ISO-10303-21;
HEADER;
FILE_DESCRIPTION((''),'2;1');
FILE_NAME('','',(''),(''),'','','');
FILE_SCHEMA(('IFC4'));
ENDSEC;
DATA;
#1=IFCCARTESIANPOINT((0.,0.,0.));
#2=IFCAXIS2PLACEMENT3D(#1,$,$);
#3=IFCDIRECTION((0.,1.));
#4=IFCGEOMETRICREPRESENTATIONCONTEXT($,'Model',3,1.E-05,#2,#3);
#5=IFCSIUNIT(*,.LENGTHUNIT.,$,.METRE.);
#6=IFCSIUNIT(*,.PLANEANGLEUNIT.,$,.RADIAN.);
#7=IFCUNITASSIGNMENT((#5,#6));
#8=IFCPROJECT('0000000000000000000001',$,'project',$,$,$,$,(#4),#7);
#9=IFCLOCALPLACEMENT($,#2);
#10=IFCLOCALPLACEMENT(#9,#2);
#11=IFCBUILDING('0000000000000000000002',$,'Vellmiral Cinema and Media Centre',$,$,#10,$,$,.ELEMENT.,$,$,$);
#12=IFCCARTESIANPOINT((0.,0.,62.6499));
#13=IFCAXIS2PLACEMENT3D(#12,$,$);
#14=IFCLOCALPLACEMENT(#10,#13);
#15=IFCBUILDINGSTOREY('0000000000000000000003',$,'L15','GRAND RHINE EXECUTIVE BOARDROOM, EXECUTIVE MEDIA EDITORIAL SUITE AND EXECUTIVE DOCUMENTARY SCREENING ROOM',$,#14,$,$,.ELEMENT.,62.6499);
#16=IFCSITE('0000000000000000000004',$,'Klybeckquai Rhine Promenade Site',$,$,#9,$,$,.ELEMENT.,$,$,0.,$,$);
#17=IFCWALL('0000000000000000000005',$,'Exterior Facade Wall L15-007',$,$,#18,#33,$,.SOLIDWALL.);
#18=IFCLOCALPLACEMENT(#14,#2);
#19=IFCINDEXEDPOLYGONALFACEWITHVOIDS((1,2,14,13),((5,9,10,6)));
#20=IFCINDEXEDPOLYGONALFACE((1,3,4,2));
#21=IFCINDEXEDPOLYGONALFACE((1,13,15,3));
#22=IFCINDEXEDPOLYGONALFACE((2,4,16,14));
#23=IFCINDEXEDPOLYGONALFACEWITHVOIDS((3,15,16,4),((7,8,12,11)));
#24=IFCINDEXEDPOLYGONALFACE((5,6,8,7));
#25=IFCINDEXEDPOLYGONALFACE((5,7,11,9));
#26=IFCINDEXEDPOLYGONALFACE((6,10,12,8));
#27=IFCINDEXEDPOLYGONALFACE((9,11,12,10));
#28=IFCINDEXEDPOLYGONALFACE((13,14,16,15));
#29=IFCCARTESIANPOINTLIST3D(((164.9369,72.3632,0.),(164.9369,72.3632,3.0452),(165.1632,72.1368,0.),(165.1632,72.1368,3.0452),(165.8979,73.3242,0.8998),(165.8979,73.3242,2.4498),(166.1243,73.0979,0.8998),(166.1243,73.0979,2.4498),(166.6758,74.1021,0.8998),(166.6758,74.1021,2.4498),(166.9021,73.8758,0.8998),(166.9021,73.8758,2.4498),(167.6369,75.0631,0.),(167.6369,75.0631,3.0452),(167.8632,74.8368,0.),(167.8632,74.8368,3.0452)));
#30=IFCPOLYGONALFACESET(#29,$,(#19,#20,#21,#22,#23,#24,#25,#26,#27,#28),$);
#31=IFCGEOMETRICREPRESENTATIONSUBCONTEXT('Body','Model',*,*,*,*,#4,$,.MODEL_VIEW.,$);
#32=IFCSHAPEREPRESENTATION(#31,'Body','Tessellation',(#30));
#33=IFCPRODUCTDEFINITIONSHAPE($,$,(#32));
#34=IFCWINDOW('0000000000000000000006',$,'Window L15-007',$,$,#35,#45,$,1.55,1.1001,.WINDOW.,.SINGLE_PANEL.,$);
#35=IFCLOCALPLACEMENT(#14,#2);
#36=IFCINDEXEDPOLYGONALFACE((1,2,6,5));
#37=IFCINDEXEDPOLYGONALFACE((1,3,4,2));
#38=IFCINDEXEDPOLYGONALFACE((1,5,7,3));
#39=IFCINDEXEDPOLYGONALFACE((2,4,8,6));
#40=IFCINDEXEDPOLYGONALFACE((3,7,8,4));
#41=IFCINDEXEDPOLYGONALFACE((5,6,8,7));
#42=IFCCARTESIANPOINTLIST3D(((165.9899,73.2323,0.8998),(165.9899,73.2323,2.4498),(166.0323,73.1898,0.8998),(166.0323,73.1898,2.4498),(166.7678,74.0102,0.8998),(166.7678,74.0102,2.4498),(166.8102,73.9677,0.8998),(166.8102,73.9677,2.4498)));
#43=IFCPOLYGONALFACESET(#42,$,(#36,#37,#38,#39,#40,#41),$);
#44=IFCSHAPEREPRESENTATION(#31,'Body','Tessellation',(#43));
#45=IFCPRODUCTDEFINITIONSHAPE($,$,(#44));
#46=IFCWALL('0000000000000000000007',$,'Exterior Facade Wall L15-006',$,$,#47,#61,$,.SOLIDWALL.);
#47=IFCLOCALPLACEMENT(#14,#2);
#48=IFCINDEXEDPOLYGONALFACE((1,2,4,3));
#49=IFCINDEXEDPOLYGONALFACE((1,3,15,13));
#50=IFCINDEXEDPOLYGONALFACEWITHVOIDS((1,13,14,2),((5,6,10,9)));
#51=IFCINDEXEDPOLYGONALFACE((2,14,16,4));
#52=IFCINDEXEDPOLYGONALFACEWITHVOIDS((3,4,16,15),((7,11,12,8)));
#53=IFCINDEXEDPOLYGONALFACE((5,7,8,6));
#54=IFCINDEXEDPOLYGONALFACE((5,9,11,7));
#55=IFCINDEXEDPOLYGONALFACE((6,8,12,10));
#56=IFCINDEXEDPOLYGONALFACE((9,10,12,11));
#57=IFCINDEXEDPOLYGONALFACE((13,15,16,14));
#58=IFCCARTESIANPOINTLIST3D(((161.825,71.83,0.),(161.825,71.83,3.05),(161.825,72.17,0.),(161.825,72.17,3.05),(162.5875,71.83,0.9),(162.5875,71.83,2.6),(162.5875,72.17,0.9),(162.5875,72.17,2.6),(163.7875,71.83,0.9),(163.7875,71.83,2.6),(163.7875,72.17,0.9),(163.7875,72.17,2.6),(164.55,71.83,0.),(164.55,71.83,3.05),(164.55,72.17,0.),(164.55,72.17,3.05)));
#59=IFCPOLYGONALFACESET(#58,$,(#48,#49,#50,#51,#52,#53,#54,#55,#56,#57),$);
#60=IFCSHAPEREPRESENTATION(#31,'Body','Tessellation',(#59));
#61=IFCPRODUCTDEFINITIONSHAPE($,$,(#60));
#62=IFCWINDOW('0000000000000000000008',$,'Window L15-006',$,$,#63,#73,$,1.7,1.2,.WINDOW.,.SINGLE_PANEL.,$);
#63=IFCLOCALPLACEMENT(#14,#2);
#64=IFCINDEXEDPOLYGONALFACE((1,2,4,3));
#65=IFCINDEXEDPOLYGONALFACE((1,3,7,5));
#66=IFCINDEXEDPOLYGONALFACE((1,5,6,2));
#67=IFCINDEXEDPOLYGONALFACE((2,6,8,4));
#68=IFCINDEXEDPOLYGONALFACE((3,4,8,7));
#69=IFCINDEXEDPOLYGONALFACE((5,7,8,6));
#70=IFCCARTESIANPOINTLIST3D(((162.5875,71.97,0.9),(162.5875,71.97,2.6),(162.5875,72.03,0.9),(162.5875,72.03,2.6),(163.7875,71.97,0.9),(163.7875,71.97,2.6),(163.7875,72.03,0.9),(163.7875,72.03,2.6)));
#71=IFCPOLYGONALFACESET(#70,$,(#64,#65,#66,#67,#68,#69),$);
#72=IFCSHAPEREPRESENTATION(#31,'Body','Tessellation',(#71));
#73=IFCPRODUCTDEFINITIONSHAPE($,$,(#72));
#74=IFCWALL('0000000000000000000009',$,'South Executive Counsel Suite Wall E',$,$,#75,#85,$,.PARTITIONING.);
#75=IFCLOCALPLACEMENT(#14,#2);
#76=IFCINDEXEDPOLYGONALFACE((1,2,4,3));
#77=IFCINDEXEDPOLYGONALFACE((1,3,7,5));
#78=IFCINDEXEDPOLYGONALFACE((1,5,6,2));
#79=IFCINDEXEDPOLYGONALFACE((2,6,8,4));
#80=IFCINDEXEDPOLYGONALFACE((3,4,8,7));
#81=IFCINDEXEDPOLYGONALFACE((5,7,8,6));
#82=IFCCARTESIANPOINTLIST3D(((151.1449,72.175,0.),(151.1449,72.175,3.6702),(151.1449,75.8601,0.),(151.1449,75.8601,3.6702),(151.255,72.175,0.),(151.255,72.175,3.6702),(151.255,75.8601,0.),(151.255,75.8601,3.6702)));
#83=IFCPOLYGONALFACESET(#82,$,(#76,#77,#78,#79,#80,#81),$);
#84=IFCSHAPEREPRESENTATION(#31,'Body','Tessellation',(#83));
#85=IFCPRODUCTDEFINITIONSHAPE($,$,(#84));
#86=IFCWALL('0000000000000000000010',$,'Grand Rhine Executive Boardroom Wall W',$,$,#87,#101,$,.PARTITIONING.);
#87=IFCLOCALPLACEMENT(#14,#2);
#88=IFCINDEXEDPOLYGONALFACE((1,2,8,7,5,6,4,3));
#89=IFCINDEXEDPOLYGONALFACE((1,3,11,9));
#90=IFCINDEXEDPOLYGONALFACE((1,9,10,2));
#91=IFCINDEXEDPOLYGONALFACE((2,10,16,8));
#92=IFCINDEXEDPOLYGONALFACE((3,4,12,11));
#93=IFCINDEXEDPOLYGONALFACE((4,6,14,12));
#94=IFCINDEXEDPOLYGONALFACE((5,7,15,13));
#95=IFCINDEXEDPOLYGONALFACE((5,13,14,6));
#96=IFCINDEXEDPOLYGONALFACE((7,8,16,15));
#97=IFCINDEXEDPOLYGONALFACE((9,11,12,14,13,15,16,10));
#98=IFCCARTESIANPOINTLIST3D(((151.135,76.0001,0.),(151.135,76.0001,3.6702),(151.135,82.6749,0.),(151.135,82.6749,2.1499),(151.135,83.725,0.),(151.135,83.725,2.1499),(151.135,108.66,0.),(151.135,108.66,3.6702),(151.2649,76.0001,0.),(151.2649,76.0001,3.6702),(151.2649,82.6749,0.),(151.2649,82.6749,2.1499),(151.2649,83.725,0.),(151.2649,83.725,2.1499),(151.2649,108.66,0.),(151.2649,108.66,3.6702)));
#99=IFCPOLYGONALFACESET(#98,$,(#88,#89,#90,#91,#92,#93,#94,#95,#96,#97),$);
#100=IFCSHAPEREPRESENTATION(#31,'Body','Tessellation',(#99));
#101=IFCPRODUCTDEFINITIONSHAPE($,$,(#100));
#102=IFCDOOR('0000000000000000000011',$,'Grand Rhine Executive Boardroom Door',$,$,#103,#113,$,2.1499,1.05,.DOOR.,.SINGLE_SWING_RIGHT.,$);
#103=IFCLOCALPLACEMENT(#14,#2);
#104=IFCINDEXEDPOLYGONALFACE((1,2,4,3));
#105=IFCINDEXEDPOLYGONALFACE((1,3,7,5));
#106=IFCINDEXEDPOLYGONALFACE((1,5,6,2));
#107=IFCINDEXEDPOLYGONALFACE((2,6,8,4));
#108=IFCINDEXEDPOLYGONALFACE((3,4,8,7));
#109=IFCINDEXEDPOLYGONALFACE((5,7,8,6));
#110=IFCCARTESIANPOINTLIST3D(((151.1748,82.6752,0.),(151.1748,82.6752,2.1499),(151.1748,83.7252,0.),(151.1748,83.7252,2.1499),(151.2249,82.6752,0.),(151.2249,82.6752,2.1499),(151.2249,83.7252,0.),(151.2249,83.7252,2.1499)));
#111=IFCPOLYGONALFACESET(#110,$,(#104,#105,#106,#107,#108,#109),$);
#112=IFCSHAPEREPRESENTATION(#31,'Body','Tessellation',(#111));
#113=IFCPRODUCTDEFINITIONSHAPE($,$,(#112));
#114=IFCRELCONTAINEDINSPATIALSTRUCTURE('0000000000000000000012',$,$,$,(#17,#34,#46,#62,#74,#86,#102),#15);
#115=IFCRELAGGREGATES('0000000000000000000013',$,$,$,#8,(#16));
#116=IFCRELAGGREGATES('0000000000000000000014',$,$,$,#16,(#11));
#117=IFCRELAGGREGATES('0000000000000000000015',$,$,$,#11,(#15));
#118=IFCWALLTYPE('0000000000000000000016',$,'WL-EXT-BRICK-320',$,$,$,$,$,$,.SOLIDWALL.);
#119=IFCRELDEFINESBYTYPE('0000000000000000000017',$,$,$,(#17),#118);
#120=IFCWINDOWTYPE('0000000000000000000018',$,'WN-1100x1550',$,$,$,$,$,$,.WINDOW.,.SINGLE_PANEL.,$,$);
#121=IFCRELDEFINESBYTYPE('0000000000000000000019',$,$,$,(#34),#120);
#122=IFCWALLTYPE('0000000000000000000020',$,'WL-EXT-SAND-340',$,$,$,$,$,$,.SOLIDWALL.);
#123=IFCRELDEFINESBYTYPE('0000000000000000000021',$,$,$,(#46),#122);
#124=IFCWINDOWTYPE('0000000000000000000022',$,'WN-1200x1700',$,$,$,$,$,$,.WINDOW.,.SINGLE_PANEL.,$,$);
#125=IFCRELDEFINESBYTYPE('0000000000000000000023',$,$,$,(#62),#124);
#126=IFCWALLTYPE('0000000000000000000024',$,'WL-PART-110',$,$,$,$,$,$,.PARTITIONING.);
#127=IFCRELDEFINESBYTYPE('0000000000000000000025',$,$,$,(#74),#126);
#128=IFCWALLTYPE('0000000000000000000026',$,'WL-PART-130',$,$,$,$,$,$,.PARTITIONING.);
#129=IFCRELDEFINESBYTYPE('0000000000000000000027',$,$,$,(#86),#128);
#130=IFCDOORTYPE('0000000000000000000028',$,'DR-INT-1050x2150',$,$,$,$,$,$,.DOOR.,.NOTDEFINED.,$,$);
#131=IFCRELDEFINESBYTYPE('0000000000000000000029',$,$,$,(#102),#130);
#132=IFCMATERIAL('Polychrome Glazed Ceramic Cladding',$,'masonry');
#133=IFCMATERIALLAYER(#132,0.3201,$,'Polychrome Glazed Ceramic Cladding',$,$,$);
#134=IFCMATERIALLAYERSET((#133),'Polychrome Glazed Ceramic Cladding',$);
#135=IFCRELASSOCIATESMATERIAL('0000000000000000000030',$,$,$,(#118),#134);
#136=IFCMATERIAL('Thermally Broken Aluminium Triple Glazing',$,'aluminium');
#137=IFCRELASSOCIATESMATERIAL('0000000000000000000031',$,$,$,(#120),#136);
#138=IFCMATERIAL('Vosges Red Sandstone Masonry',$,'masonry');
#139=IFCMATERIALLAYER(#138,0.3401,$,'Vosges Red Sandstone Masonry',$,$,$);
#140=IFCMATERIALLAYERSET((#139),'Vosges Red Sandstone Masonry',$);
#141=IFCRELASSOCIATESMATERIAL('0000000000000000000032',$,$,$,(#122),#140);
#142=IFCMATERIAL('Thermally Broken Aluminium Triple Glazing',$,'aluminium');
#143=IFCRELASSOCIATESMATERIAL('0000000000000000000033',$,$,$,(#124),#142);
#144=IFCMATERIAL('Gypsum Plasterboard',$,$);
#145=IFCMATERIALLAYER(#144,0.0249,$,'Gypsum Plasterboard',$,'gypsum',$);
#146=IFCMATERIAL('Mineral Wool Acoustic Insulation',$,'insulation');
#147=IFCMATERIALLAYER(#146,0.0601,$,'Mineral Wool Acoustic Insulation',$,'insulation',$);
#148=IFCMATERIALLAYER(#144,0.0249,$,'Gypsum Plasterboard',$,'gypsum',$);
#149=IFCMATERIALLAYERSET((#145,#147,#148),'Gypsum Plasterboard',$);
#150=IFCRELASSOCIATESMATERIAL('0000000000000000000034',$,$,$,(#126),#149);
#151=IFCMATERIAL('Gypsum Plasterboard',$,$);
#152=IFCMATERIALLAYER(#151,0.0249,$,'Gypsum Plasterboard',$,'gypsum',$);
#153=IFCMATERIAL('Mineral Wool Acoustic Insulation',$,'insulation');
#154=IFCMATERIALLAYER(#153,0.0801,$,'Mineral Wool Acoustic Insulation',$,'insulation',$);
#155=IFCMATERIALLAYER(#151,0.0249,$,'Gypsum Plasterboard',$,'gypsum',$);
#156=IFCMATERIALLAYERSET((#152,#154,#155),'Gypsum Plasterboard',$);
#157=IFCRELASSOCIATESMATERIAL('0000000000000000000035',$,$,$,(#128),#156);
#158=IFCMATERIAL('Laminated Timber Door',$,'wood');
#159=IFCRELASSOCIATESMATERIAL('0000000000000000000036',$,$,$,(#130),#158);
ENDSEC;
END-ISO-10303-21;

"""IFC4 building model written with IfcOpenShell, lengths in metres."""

from ifc_helpers import new_model, si_unit, direction, frame, frame_2d, origin, place, context, subcontext, project, spatial, rectangle, extrude, material, layer, layer_set, type_object, element, fill, save


model = new_model("IFC4")

# Units and contexts
model_context = context("Model", 3, precision=1e-05, world=origin(), true_north=direction((0.0, 1.0)))
body_context = subcontext(model_context, "Body", "Model", "MODEL_VIEW")
ifc_project = project(units=[si_unit("LENGTHUNIT", "METRE"), si_unit("PLANEANGLEUNIT", "RADIAN")], contexts=[model_context])

# Site, building, storey
site_placement = place(None, origin())
site = spatial("IfcSite", under=ifc_project, at=site_placement, Name="Klybeckquai Rhine Promenade Site", CompositionType="ELEMENT", RefElevation=0.0)
building_placement = place(site_placement, origin())
building = spatial("IfcBuilding", under=site, at=building_placement, Name="Vellmiral Cinema and Media Centre", CompositionType="ELEMENT")
storey_placement = place(building_placement, frame((0.0, 0.0, 62.6499)))
storey = spatial("IfcBuildingStorey", under=building, at=storey_placement, Name="L15", Description="GRAND RHINE EXECUTIVE BOARDROOM, EXECUTIVE MEDIA EDITORIAL SUITE AND EXECUTIVE DOCUMENTARY SCREENING ROOM", CompositionType="ELEMENT", Elevation=62.6499)

# Walls, openings, windows
ifc_material_1 = material(Name="Polychrome Glazed Ceramic Cladding", Category="masonry")
ifc_layer_1 = layer(ifc_material_1, 0.3201, Name="Polychrome Glazed Ceramic Cladding")
ifc_layer_set_1 = layer_set([ifc_layer_1], Name="Polychrome Glazed Ceramic Cladding")
wall_type_1 = type_object("IfcWallType", Name="WL-EXT-BRICK-320", PredefinedType="SOLIDWALL", material=ifc_layer_set_1)
wall_1_placement = place(storey_placement, frame((165.05, 72.25, 0.0), z_axis=(0.0, 0.0, 1.0), x_axis=(0.707107, 0.707107, 0.0)))
wall_1 = element("IfcWall", 1, at=wall_1_placement, inside=storey, type_object=wall_type_1, Name="Exterior Facade Wall L15-007", PredefinedType="SOLIDWALL", context=body_context, shape_type="SweptSolid", body=[
    extrude(rectangle(XDim=3.8184, YDim=0.3201, at=frame_2d((1.9092, 0.0))), origin(), (0.0, 0.0, 1.0), 3.0452),
])
opening_1_placement = place(wall_1_placement, frame((1.3591, 0.0, 0.8999)))
opening_1 = element("IfcOpeningElement", 2, at=opening_1_placement, cuts=wall_1, PredefinedType="OPENING", context=body_context, shape_type="SweptSolid", body=[
    extrude(rectangle(XDim=1.1001, YDim=1.55, at=frame_2d((0.55, 0.7749))), frame((0.0, 0.1719, 0.0), z_axis=(0.0, -1.0, 0.0), x_axis=(1.0, 0.0, 0.0)), (0.0, 0.0, 1.0), 0.344),
])
ifc_material_2 = material(Name="Thermally Broken Aluminium Triple Glazing", Category="aluminium")
window_type_1 = type_object("IfcWindowType", Name="WN-1100x1550", PartitioningType="SINGLE_PANEL", PredefinedType="WINDOW", material=ifc_material_2)
window_1_placement = place(opening_1_placement, origin())
window_1 = element("IfcWindow", 3, at=window_1_placement, inside=storey, type_object=window_type_1, Name="Window L15-007", OverallHeight=1.55, OverallWidth=1.1001, PartitioningType="SINGLE_PANEL", PredefinedType="WINDOW", context=body_context, shape_type="SweptSolid", body=[
    extrude(rectangle(XDim=1.1001, YDim=1.55, at=frame_2d((0.55, 0.7749))), frame((0.0, 0.03, 0.0), z_axis=(0.0, -1.0, 0.0), x_axis=(1.0, 0.0, 0.0)), (0.0, 0.0, 1.0), 0.0601),
])
fill(opening_1, window_1)
ifc_material_3 = material(Name="Vosges Red Sandstone Masonry", Category="masonry")
ifc_layer_2 = layer(ifc_material_3, 0.3401, Name="Vosges Red Sandstone Masonry")
ifc_layer_set_2 = layer_set([ifc_layer_2], Name="Vosges Red Sandstone Masonry")
wall_type_2 = type_object("IfcWallType", Name="WL-EXT-SAND-340", PredefinedType="SOLIDWALL", material=ifc_layer_set_2)
wall_2_placement = place(storey_placement, frame((161.825, 72.0, 0.0), z_axis=(0.0, 0.0, 1.0), x_axis=(1.0, 0.0, 0.0)))
wall_2 = element("IfcWall", 4, at=wall_2_placement, inside=storey, type_object=wall_type_2, Name="Exterior Facade Wall L15-006", PredefinedType="SOLIDWALL", context=body_context, shape_type="SweptSolid", body=[
    extrude(rectangle(XDim=2.7251, YDim=0.3401, at=frame_2d((1.3625, 0.0))), origin(), (0.0, 0.0, 1.0), 3.05),
])
opening_2_placement = place(wall_2_placement, frame((0.7625, 0.0, 0.8999)))
opening_2 = element("IfcOpeningElement", 5, at=opening_2_placement, cuts=wall_2, PredefinedType="OPENING", context=body_context, shape_type="SweptSolid", body=[
    extrude(rectangle(XDim=1.2, YDim=1.7, at=frame_2d((0.6001, 0.8501))), frame((0.0, 0.1821, 0.0), z_axis=(0.0, -1.0, 0.0), x_axis=(1.0, 0.0, 0.0)), (0.0, 0.0, 1.0), 0.364),
])
ifc_material_4 = material(Name="Thermally Broken Aluminium Triple Glazing", Category="aluminium")
window_type_2 = type_object("IfcWindowType", Name="WN-1200x1700", PartitioningType="SINGLE_PANEL", PredefinedType="WINDOW", material=ifc_material_4)
window_2_placement = place(opening_2_placement, origin())
window_2 = element("IfcWindow", 6, at=window_2_placement, inside=storey, type_object=window_type_2, Name="Window L15-006", OverallHeight=1.7, OverallWidth=1.2, PartitioningType="SINGLE_PANEL", PredefinedType="WINDOW", context=body_context, shape_type="SweptSolid", body=[
    extrude(rectangle(XDim=1.2, YDim=1.7, at=frame_2d((0.6001, 0.8501))), frame((0.0, 0.03, 0.0), z_axis=(0.0, -1.0, 0.0), x_axis=(1.0, 0.0, 0.0)), (0.0, 0.0, 1.0), 0.0601),
])
fill(opening_2, window_2)

# Wall
ifc_material_5 = material(Name="Gypsum Plasterboard")
ifc_layer_3 = layer(ifc_material_5, 0.0249, Name="Gypsum Plasterboard", Category="gypsum")
ifc_material_6 = material(Name="Mineral Wool Acoustic Insulation", Category="insulation")
ifc_layer_4 = layer(ifc_material_6, 0.0601, Name="Mineral Wool Acoustic Insulation", Category="insulation")
ifc_layer_5 = layer(ifc_material_5, 0.0249, Name="Gypsum Plasterboard", Category="gypsum")
ifc_layer_set_3 = layer_set([ifc_layer_3, ifc_layer_4, ifc_layer_5], Name="Gypsum Plasterboard")
wall_type_3 = type_object("IfcWallType", Name="WL-PART-110", PredefinedType="PARTITIONING", material=ifc_layer_set_3)
wall_3_placement = place(storey_placement, frame((151.2, 72.175, 0.0), z_axis=(0.0, 0.0, 1.0), x_axis=(0.0, 1.0, 0.0)))
element("IfcWall", 7, at=wall_3_placement, inside=storey, type_object=wall_type_3, Name="South Executive Counsel Suite Wall E", PredefinedType="PARTITIONING", context=body_context, shape_type="SweptSolid", body=[
    extrude(rectangle(XDim=3.6851, YDim=0.1101, at=frame_2d((1.8425, 0.0))), origin(), (0.0, 0.0, 1.0), 3.6702),
])

# Wall, opening, door
ifc_material_7 = material(Name="Gypsum Plasterboard")
ifc_layer_6 = layer(ifc_material_7, 0.0249, Name="Gypsum Plasterboard", Category="gypsum")
ifc_material_8 = material(Name="Mineral Wool Acoustic Insulation", Category="insulation")
ifc_layer_7 = layer(ifc_material_8, 0.0801, Name="Mineral Wool Acoustic Insulation", Category="insulation")
ifc_layer_8 = layer(ifc_material_7, 0.0249, Name="Gypsum Plasterboard", Category="gypsum")
ifc_layer_set_4 = layer_set([ifc_layer_6, ifc_layer_7, ifc_layer_8], Name="Gypsum Plasterboard")
wall_type_4 = type_object("IfcWallType", Name="WL-PART-130", PredefinedType="PARTITIONING", material=ifc_layer_set_4)
wall_4_placement = place(storey_placement, frame((151.2, 76.0, 0.0), z_axis=(0.0, 0.0, 1.0), x_axis=(0.0, 1.0, 0.0)))
wall_4 = element("IfcWall", 8, at=wall_4_placement, inside=storey, type_object=wall_type_4, Name="Grand Rhine Executive Boardroom Wall W", PredefinedType="PARTITIONING", context=body_context, shape_type="SweptSolid", body=[
    extrude(rectangle(XDim=32.6599, YDim=0.1299, at=frame_2d((16.3301, 0.0))), origin(), (0.0, 0.0, 1.0), 3.6702),
])
opening_3_placement = place(wall_4_placement, frame((6.675, 0.0, 0.0)))
opening_3 = element("IfcOpeningElement", 9, at=opening_3_placement, cuts=wall_4, PredefinedType="OPENING", context=body_context, shape_type="SweptSolid", body=[
    extrude(rectangle(XDim=1.05, YDim=2.1499, at=frame_2d((0.5249, 1.075))), frame((0.0, 0.0769, 0.0), z_axis=(0.0, -1.0, 0.0), x_axis=(1.0, 0.0, 0.0)), (0.0, 0.0, 1.0), 0.1538),
])
ifc_material_9 = material(Name="Laminated Timber Door", Category="wood")
door_type_1 = type_object("IfcDoorType", Name="DR-INT-1050x2150", OperationType="NOTDEFINED", PredefinedType="DOOR", material=ifc_material_9)
door_1_placement = place(opening_3_placement, frame((1.05, 0.0, 0.0), z_axis=(0.0, 0.0, 1.0), x_axis=(-1.0, 0.0, 0.0)))
door_1 = element("IfcDoor", 10, at=door_1_placement, inside=storey, type_object=door_type_1, Name="Grand Rhine Executive Boardroom Door", OperationType="SINGLE_SWING_RIGHT", OverallHeight=2.1499, OverallWidth=1.05, PredefinedType="DOOR", context=body_context, shape_type="SweptSolid", body=[
    extrude(rectangle(XDim=1.05, YDim=2.1499, at=frame_2d((0.5249, 1.075))), frame((0.0, 0.0249, 0.0), z_axis=(0.0, -1.0, 0.0), x_axis=(1.0, 0.0, 0.0)), (0.0, 0.0, 1.0), 0.05),
])
fill(opening_3, door_1)

save(model, "model.ifc")
